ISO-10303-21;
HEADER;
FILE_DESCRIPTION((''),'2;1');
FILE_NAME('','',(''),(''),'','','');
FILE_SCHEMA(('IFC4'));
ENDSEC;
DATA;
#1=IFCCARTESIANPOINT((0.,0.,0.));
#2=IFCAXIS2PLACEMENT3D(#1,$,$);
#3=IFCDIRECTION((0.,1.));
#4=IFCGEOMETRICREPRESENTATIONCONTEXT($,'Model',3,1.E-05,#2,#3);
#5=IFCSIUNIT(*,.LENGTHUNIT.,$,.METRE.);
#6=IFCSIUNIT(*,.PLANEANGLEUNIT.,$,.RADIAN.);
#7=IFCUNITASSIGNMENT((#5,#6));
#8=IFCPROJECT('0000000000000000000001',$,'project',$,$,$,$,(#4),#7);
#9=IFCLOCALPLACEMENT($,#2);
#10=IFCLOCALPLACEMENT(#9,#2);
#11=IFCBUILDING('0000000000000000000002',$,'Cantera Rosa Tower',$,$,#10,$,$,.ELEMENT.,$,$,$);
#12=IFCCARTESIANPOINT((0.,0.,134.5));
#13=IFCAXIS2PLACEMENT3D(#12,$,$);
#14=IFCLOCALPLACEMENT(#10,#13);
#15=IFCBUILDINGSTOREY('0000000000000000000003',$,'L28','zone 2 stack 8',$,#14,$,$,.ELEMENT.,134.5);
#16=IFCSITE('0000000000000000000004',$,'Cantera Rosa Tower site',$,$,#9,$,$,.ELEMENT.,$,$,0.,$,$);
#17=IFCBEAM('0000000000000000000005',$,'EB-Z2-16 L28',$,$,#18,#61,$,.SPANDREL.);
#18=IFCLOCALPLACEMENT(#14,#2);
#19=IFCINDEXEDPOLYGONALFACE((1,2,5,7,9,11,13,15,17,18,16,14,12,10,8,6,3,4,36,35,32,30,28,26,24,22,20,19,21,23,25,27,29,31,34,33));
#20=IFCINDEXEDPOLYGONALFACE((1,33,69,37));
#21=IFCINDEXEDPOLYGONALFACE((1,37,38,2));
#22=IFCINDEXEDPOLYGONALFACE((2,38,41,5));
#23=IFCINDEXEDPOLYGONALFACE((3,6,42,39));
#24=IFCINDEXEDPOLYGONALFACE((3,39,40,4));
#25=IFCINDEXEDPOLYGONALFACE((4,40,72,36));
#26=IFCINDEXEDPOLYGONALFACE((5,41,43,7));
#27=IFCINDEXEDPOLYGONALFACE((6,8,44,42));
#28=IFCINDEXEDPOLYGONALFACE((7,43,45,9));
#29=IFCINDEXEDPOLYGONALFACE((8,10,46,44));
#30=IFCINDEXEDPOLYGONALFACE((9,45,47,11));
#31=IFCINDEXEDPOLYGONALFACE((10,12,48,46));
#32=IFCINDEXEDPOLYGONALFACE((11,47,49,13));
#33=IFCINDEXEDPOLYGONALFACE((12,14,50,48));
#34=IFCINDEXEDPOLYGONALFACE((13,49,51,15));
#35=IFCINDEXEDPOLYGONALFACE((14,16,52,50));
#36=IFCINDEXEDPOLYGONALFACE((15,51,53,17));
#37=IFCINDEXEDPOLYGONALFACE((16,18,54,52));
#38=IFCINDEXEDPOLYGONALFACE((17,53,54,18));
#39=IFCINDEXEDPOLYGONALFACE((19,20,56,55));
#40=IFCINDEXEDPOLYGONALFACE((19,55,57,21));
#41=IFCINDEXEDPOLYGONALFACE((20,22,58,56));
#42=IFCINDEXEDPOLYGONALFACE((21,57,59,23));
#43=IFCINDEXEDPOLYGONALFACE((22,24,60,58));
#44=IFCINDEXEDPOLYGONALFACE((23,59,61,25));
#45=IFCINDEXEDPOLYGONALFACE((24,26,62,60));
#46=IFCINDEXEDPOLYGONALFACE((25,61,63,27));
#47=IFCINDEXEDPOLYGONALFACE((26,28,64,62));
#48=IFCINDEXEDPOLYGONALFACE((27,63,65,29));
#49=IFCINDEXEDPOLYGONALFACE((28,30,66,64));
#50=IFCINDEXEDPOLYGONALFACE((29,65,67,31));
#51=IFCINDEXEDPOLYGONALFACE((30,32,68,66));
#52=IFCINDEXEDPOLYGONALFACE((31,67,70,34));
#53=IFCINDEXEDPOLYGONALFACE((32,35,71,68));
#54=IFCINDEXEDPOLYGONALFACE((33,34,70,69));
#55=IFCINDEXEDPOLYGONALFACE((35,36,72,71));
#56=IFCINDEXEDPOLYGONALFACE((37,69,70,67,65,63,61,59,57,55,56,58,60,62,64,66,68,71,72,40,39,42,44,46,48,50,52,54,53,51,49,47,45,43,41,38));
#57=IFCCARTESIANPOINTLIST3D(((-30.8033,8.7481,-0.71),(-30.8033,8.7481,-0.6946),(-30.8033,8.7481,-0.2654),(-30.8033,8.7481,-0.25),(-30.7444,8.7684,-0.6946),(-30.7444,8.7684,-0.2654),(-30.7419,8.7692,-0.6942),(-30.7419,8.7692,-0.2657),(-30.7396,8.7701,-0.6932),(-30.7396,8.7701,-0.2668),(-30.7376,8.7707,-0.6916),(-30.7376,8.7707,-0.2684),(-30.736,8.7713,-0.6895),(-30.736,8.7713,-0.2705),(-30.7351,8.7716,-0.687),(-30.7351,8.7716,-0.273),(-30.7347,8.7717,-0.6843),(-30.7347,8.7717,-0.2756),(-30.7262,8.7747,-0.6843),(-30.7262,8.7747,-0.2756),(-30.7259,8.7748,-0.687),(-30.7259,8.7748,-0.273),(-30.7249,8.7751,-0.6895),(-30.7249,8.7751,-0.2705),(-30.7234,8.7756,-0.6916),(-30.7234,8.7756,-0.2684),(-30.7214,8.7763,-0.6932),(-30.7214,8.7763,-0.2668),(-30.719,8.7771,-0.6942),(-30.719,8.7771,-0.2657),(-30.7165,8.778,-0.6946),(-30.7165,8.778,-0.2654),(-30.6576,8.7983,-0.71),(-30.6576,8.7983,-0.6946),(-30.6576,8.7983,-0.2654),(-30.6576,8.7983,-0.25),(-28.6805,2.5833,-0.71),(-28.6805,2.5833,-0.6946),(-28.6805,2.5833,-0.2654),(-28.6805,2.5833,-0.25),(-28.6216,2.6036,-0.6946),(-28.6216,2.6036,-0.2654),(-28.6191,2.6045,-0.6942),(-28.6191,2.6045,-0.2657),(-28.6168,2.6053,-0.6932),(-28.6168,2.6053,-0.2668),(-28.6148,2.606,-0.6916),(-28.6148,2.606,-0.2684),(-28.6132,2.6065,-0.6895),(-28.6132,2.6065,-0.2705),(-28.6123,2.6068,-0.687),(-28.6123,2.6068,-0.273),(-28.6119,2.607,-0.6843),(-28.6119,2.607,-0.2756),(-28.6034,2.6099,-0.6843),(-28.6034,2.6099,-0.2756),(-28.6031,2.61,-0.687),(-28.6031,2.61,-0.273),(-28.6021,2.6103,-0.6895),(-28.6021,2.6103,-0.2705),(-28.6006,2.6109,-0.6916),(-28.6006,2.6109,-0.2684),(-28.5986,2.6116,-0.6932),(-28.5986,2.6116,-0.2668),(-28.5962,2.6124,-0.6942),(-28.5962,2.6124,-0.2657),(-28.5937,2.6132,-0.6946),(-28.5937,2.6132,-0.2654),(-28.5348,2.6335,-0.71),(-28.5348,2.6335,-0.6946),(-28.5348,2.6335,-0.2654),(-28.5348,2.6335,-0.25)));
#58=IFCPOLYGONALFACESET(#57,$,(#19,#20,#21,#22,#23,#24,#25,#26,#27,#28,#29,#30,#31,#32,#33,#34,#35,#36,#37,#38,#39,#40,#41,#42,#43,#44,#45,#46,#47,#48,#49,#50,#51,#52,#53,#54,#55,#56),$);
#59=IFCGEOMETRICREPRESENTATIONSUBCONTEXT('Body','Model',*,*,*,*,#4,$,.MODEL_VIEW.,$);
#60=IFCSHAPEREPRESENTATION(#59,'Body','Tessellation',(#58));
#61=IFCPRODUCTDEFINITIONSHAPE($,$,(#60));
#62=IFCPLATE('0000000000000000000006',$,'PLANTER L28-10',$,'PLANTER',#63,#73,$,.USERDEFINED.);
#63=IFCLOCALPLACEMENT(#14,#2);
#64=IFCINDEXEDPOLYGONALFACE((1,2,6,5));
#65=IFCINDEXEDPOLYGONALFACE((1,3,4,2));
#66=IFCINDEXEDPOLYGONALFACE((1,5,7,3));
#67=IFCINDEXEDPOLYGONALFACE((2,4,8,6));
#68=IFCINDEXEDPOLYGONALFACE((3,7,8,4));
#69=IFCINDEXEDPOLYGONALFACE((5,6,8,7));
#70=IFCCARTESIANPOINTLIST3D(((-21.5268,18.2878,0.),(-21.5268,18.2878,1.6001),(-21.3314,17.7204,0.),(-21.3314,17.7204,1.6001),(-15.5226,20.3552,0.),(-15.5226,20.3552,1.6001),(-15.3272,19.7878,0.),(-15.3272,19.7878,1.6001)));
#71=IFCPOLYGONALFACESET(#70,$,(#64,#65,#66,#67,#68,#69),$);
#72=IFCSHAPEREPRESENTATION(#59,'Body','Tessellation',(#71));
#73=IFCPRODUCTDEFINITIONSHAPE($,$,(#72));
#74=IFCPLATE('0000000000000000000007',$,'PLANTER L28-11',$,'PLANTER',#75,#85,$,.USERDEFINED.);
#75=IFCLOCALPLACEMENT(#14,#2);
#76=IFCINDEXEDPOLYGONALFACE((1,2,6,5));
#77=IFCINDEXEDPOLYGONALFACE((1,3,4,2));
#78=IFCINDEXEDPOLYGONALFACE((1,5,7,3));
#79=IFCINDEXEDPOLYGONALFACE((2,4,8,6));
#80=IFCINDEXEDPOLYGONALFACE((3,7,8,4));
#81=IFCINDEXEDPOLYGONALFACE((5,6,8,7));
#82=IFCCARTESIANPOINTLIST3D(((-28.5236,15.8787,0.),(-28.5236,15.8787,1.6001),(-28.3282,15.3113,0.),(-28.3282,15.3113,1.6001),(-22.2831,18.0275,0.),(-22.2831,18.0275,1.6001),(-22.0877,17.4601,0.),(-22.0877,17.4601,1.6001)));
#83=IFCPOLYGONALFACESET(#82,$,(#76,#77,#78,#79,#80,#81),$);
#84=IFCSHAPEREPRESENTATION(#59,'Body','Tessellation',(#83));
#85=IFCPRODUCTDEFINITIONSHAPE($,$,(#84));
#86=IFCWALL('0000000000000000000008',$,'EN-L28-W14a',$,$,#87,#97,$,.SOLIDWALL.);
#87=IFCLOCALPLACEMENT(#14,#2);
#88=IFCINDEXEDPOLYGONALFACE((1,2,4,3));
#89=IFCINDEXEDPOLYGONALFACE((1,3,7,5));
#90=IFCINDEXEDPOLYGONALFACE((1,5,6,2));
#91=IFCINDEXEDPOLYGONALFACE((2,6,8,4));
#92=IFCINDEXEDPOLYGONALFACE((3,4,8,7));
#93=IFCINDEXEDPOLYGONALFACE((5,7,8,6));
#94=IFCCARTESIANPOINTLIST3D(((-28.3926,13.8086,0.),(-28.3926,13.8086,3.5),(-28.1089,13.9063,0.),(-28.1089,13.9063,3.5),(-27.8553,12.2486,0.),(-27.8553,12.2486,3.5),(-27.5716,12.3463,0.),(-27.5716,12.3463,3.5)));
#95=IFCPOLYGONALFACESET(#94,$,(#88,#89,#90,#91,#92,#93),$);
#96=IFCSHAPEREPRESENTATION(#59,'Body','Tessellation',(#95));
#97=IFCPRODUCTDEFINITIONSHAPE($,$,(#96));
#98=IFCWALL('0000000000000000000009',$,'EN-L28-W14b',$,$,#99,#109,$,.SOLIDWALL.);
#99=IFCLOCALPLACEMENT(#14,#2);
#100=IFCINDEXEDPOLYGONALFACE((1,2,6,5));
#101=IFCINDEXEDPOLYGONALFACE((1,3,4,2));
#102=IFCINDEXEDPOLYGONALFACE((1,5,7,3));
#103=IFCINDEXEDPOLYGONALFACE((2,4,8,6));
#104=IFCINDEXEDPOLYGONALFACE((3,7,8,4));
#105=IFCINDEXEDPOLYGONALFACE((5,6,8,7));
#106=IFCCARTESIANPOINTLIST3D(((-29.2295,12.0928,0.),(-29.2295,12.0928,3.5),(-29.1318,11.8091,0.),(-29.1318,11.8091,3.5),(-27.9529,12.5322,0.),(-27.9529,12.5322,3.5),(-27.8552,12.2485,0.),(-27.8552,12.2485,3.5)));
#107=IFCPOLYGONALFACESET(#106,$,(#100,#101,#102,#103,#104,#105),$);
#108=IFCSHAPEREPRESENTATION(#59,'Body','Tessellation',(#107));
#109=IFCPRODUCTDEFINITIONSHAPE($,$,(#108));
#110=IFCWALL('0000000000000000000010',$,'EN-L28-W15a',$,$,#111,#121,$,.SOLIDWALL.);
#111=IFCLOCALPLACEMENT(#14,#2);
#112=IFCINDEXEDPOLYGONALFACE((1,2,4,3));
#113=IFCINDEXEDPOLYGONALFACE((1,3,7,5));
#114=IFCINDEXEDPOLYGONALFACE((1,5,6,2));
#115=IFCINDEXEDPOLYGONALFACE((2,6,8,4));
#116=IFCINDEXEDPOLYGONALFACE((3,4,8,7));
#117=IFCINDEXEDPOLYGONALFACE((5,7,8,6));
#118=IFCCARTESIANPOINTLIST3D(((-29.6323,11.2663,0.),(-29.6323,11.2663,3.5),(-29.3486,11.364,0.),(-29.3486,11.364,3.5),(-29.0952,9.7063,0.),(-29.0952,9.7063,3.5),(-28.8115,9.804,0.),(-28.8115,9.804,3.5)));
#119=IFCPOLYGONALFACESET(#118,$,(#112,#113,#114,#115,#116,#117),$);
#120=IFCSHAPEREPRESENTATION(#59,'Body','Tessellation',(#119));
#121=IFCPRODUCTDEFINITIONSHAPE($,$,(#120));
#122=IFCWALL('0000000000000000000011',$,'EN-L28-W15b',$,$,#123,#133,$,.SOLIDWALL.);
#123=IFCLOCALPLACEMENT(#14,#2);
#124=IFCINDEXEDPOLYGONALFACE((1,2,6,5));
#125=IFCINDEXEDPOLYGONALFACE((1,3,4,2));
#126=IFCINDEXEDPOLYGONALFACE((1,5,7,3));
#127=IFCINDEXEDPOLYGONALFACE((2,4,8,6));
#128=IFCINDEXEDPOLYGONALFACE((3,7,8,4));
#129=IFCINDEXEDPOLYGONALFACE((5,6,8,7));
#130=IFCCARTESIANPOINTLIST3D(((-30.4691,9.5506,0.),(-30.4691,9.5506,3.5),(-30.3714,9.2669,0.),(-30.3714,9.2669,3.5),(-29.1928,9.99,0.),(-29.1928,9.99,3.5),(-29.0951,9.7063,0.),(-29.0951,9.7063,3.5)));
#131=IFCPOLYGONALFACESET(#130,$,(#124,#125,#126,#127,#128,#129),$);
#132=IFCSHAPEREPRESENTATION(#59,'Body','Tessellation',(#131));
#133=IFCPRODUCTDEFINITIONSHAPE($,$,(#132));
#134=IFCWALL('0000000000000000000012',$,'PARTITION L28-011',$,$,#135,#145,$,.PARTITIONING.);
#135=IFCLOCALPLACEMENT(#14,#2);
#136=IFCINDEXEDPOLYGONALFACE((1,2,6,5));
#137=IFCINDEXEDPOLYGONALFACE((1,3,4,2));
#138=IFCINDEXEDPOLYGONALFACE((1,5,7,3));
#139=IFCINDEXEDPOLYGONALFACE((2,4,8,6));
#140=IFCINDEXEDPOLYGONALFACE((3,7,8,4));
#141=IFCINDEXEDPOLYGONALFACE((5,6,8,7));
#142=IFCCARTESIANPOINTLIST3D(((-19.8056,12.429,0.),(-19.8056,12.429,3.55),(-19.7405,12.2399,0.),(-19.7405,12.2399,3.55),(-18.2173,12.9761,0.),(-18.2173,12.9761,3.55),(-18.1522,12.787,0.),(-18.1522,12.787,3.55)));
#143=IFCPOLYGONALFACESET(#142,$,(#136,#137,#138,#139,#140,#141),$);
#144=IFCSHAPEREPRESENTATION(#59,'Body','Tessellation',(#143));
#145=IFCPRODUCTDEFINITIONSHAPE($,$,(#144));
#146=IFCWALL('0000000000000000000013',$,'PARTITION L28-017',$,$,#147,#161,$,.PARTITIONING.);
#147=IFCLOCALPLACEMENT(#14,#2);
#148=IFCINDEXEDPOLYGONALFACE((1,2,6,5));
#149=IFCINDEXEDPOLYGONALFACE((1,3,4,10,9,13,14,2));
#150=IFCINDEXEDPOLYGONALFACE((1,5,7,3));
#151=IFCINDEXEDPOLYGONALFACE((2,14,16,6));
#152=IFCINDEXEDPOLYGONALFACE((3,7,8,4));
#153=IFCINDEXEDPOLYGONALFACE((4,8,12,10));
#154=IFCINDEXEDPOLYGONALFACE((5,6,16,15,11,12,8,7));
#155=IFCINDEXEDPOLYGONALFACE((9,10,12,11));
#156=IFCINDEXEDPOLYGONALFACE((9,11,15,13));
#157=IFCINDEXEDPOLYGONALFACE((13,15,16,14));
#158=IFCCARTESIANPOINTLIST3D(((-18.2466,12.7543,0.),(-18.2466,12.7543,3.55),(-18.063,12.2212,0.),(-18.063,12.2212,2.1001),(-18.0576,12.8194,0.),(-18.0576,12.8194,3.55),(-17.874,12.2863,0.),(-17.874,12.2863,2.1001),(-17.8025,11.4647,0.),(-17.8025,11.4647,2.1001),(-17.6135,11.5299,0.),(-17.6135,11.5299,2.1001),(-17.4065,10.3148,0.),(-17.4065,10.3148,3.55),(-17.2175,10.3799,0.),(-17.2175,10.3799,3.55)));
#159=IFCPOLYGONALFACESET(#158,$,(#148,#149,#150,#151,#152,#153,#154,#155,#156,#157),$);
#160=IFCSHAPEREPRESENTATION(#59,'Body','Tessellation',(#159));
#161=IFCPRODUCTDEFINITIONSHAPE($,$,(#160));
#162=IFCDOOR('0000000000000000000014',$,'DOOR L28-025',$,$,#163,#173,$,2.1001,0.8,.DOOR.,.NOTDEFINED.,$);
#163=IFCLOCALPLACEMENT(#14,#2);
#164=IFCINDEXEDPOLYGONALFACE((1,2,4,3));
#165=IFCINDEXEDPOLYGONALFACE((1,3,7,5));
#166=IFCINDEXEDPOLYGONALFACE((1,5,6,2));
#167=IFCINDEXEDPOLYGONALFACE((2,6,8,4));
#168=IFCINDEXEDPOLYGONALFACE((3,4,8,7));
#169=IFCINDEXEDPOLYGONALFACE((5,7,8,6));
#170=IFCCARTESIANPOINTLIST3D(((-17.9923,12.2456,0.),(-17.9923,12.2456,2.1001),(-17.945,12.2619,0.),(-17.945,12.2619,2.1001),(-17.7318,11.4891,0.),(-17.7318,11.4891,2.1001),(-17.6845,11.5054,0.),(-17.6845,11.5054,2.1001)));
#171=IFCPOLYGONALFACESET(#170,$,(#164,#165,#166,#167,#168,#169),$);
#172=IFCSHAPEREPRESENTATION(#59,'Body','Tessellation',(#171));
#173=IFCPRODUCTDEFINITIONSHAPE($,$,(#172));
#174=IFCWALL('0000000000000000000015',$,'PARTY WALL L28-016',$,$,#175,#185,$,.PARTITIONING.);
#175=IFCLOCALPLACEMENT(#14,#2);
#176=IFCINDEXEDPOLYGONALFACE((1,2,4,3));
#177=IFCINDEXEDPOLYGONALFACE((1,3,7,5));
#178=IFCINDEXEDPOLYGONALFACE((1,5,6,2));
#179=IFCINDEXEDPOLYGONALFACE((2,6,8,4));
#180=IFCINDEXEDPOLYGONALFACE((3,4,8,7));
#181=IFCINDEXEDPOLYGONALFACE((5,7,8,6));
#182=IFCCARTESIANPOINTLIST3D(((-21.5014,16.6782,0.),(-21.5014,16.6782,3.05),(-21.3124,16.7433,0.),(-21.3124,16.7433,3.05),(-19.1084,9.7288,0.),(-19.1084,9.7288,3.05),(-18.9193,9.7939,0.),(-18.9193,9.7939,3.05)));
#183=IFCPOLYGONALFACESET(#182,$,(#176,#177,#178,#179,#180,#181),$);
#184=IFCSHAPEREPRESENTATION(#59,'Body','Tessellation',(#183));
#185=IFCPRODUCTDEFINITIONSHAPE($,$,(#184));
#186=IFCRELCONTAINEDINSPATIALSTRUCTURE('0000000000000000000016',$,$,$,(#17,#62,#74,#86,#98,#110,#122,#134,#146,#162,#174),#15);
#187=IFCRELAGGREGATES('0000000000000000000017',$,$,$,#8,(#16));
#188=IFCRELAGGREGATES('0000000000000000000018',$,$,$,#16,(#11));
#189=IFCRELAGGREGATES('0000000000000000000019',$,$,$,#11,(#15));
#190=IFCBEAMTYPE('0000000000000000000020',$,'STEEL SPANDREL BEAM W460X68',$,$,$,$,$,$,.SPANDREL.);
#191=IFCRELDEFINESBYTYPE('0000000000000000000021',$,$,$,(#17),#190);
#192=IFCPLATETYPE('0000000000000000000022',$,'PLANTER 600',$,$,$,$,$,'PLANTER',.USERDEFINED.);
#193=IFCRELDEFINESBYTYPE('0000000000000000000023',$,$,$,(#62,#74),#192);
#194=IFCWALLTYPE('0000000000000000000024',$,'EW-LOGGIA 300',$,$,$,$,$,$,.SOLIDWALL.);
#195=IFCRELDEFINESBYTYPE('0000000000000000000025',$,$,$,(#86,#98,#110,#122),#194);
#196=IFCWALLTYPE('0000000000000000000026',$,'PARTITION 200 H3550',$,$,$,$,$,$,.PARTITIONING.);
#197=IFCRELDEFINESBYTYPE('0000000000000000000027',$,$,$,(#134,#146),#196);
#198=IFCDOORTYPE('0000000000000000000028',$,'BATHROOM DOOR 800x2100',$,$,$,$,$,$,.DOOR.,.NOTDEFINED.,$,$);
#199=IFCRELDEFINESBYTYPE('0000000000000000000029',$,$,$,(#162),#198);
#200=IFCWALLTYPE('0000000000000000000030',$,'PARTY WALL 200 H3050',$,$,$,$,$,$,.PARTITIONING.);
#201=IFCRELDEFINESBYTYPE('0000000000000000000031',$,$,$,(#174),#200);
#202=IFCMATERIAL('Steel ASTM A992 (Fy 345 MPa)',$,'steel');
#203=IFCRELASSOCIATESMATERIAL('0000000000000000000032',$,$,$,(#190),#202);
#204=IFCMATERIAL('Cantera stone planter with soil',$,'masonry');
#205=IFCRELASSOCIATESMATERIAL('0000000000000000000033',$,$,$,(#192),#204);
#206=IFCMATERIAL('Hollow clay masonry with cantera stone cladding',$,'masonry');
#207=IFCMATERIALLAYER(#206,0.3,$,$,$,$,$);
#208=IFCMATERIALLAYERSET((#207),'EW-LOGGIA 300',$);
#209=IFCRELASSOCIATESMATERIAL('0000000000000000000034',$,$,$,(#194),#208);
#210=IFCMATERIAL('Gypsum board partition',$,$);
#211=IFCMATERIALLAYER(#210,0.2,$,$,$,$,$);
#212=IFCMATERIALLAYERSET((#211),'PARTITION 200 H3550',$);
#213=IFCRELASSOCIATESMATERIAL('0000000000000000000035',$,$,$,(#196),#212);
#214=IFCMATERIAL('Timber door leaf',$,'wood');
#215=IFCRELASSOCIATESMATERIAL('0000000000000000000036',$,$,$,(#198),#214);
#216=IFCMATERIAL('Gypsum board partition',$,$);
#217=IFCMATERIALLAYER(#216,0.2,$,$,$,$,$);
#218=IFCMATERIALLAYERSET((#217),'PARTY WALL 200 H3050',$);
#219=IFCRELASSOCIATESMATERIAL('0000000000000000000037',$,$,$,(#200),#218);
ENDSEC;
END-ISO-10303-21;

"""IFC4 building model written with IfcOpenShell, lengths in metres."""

from ifc_helpers import new_model, si_unit, direction, frame, frame_2d, origin, origin_2d, place, context, subcontext, project, spatial, rectangle, i_section, extrude, material, layer, layer_set, material_profile, profile_set, type_object, element, fill, save


model = new_model("IFC4")

# Units and contexts
model_context = context("Model", 3, precision=1e-05, world=origin(), true_north=direction((0.0, 1.0)))
body_context = subcontext(model_context, "Body", "Model", "MODEL_VIEW")
ifc_project = project(units=[si_unit("LENGTHUNIT", "METRE"), si_unit("PLANEANGLEUNIT", "RADIAN")], contexts=[model_context])

# Site, building, storey
site_placement = place(None, origin())
site = spatial("IfcSite", under=ifc_project, at=site_placement, Name="Cantera Rosa Tower site", CompositionType="ELEMENT", RefElevation=0.0)
building_placement = place(site_placement, origin())
building = spatial("IfcBuilding", under=site, at=building_placement, Name="Cantera Rosa Tower", CompositionType="ELEMENT")
storey_placement = place(building_placement, frame((0.0, 0.0, 134.5)))
storey = spatial("IfcBuildingStorey", under=building, at=storey_placement, Name="L28", Description="zone 2 stack 8", CompositionType="ELEMENT", Elevation=134.5)

# Beam
ifc_material_1 = material(Name="Steel ASTM A992 (Fy 345 MPa)", Category="steel")
ifc_material_profile_1 = material_profile(ifc_material_1, i_section(OverallWidth=0.1541, OverallDepth=0.46, WebThickness=0.009, FlangeThickness=0.0154, FilletRadius=0.0103, at=origin_2d()), Name="W460X68")
ifc_profile_set_1 = profile_set([ifc_material_profile_1], Name="Steel ASTM A992 (Fy 345 MPa)")
beam_type_1 = type_object("IfcBeamType", Name="STEEL SPANDREL BEAM W460X68", PredefinedType="SPANDREL", material=ifc_profile_set_1)
beam_1_placement = place(storey_placement, frame((-30.7305, 8.7732, -0.48), z_axis=(0.325581, -0.945514, 0.0), x_axis=(0.945514, 0.325581, 0.0)))
element("IfcBeam", 1, at=beam_1_placement, inside=storey, type_object=beam_type_1, Name="EB-Z2-16 L28", PredefinedType="SPANDREL", context=body_context, shape_type="SweptSolid", body=[
    extrude(i_section(OverallWidth=0.1541, OverallDepth=0.46, WebThickness=0.009, FlangeThickness=0.0154, FilletRadius=0.0103, at=origin_2d()), origin(), (0.0, 0.0, 1.0), 6.52),
])

# Plates
ifc_material_2 = material(Name="Cantera stone planter with soil", Category="masonry")
plate_type = type_object("IfcPlateType", Name="PLANTER 600", ElementType="PLANTER", PredefinedType="USERDEFINED", material=ifc_material_2)
plate_1_placement = place(storey_placement, frame((-18.427, 19.0378, 0.0), z_axis=(0.0, 0.0, 1.0), x_axis=(-0.945519, -0.325568, 0.0)))
element("IfcPlate", 2, at=plate_1_placement, inside=storey, type_object=plate_type, Name="PLANTER L28-10", ObjectType="PLANTER", PredefinedType="USERDEFINED", context=body_context, shape_type="SweptSolid", body=[
    extrude(rectangle(XDim=6.3501, YDim=0.6001, at=origin_2d()), origin(), (0.0, 0.0, 1.0), 1.6001),
])
plate_2_placement = place(storey_placement, frame((-25.3057, 16.6694, 0.0), z_axis=(0.0, 0.0, 1.0), x_axis=(-0.945519, -0.325568, 0.0)))
element("IfcPlate", 3, at=plate_2_placement, inside=storey, type_object=plate_type, Name="PLANTER L28-11", ObjectType="PLANTER", PredefinedType="USERDEFINED", context=body_context, shape_type="SweptSolid", body=[
    extrude(rectangle(XDim=6.6001, YDim=0.6001, at=origin_2d()), origin(), (0.0, 0.0, 1.0), 1.6001),
])

# Walls
ifc_material_3 = material(Name="Hollow clay masonry with cantera stone cladding", Category="masonry")
ifc_layer_1 = layer(ifc_material_3, 0.3)
ifc_layer_set_1 = layer_set([ifc_layer_1], Name="EW-LOGGIA 300")
wall_type_1 = type_object("IfcWallType", Name="EW-LOGGIA 300", PredefinedType="SOLIDWALL", material=ifc_layer_set_1)
wall_1_placement = place(storey_placement, frame((-28.2507, 13.8574, 0.0), z_axis=(0.0, 0.0, 1.0), x_axis=(0.325667, -0.945485, 0.0)))
element("IfcWall", 4, at=wall_1_placement, inside=storey, type_object=wall_type_1, Name="EN-L28-W14a", PredefinedType="SOLIDWALL", context=body_context, shape_type="SweptSolid", body=[
    extrude(rectangle(XDim=1.6499, YDim=0.3, at=frame_2d((0.825, 0.0))), origin(), (0.0, 0.0, 1.0), 3.5),
])
wall_2_placement = place(storey_placement, frame((-27.9041, 12.3904, 0.0), z_axis=(0.0, 0.0, 1.0), x_axis=(-0.945546, -0.325489, 0.0)))
element("IfcWall", 5, at=wall_2_placement, inside=storey, type_object=wall_type_1, Name="EN-L28-W14b", PredefinedType="SOLIDWALL", context=body_context, shape_type="SweptSolid", body=[
    extrude(rectangle(XDim=1.3501, YDim=0.3, at=frame_2d((0.675, 0.0))), origin(), (0.0, 0.0, 1.0), 3.5),
])
wall_3_placement = place(storey_placement, frame((-29.4905, 11.3152, 0.0), z_axis=(0.0, 0.0, 1.0), x_axis=(0.325535, -0.94553, 0.0)))
element("IfcWall", 6, at=wall_3_placement, inside=storey, type_object=wall_type_1, Name="EN-L28-W15a", PredefinedType="SOLIDWALL", context=body_context, shape_type="SweptSolid", body=[
    extrude(rectangle(XDim=1.6499, YDim=0.3, at=frame_2d((0.825, 0.0))), origin(), (0.0, 0.0, 1.0), 3.5),
])
wall_4_placement = place(storey_placement, frame((-29.144, 9.8481, 0.0), z_axis=(0.0, 0.0, 1.0), x_axis=(-0.945527, -0.325545, 0.0)))
element("IfcWall", 7, at=wall_4_placement, inside=storey, type_object=wall_type_1, Name="EN-L28-W15b", PredefinedType="SOLIDWALL", context=body_context, shape_type="SweptSolid", body=[
    extrude(rectangle(XDim=1.3499, YDim=0.3, at=frame_2d((0.6748, 0.0))), origin(), (0.0, 0.0, 1.0), 3.5),
])

# Wall
ifc_material_4 = material(Name="Gypsum board partition")
ifc_layer_2 = layer(ifc_material_4, 0.2)
ifc_layer_set_2 = layer_set([ifc_layer_2], Name="PARTITION 200 H3550")
wall_type_2 = type_object("IfcWallType", Name="PARTITION 200 H3550", PredefinedType="PARTITIONING", material=ifc_layer_set_2)
wall_5_placement = place(storey_placement, frame((-19.7729, 12.3345, 0.0), z_axis=(0.0, 0.0, 1.0), x_axis=(0.945483, 0.325673, 0.0)))
element("IfcWall", 8, at=wall_5_placement, inside=storey, type_object=wall_type_2, Name="PARTITION L28-011", PredefinedType="PARTITIONING", context=body_context, shape_type="SweptSolid", body=[
    extrude(rectangle(XDim=1.6799, YDim=0.2, at=frame_2d((0.8398, 0.0))), origin(), (0.0, 0.0, 1.0), 3.55),
])

# Wall, opening, door
wall_6_placement = place(storey_placement, frame((-18.1521, 12.7869, 0.0), z_axis=(0.0, 0.0, 1.0), x_axis=(0.325609, -0.945505, 0.0)))
wall_6 = element("IfcWall", 9, at=wall_6_placement, inside=storey, type_object=wall_type_2, Name="PARTITION L28-017", PredefinedType="PARTITIONING", context=body_context, shape_type="SweptSolid", body=[
    extrude(rectangle(XDim=2.5801, YDim=0.2, at=frame_2d((1.29, 0.0))), origin(), (0.0, 0.0, 1.0), 3.55),
])
opening_1_placement = place(wall_6_placement, frame((0.564, 0.0, 0.0)))
opening_1 = element("IfcOpeningElement", 10, at=opening_1_placement, cuts=wall_6, PredefinedType="OPENING", context=body_context, shape_type="SweptSolid", body=[
    extrude(rectangle(XDim=0.8, YDim=2.1001, at=frame_2d((0.3999, 1.05))), frame((0.0, 0.1099, 0.0), z_axis=(0.0, -1.0, 0.0), x_axis=(1.0, 0.0, 0.0)), (0.0, 0.0, 1.0), 0.22),
])
ifc_material_5 = material(Name="Timber door leaf", Category="wood")
door_type_1 = type_object("IfcDoorType", Name="BATHROOM DOOR 800x2100", OperationType="NOTDEFINED", PredefinedType="DOOR", material=ifc_material_5)
door_1_placement = place(opening_1_placement, origin())
door_1 = element("IfcDoor", 11, at=door_1_placement, inside=storey, type_object=door_type_1, Name="DOOR L28-025", OperationType="NOTDEFINED", OverallHeight=2.1001, OverallWidth=0.8, PredefinedType="DOOR", context=body_context, shape_type="SweptSolid", body=[
    extrude(rectangle(XDim=0.8, YDim=2.1001, at=frame_2d((0.3999, 1.05))), frame((0.0, 0.0249, 0.0), z_axis=(0.0, -1.0, 0.0), x_axis=(1.0, 0.0, 0.0)), (0.0, 0.0, 1.0), 0.05),
])
fill(opening_1, door_1)

# Wall
ifc_material_6 = material(Name="Gypsum board partition")
ifc_layer_3 = layer(ifc_material_6, 0.2)
ifc_layer_set_3 = layer_set([ifc_layer_3], Name="PARTY WALL 200 H3050")
wall_type_3 = type_object("IfcWallType", Name="PARTY WALL 200 H3050", PredefinedType="PARTITIONING", material=ifc_layer_set_3)
wall_7_placement = place(storey_placement, frame((-19.0139, 9.7615, 0.0), z_axis=(0.0, 0.0, 1.0), x_axis=(-0.325589, 0.945511, 0.0)))
element("IfcWall", 12, at=wall_7_placement, inside=storey, type_object=wall_type_3, Name="PARTY WALL L28-016", PredefinedType="PARTITIONING", context=body_context, shape_type="SweptSolid", body=[
    extrude(rectangle(XDim=7.3499, YDim=0.2, at=frame_2d((3.6748, 0.0))), origin(), (0.0, 0.0, 1.0), 3.05),
])

save(model, "model.ifc")
